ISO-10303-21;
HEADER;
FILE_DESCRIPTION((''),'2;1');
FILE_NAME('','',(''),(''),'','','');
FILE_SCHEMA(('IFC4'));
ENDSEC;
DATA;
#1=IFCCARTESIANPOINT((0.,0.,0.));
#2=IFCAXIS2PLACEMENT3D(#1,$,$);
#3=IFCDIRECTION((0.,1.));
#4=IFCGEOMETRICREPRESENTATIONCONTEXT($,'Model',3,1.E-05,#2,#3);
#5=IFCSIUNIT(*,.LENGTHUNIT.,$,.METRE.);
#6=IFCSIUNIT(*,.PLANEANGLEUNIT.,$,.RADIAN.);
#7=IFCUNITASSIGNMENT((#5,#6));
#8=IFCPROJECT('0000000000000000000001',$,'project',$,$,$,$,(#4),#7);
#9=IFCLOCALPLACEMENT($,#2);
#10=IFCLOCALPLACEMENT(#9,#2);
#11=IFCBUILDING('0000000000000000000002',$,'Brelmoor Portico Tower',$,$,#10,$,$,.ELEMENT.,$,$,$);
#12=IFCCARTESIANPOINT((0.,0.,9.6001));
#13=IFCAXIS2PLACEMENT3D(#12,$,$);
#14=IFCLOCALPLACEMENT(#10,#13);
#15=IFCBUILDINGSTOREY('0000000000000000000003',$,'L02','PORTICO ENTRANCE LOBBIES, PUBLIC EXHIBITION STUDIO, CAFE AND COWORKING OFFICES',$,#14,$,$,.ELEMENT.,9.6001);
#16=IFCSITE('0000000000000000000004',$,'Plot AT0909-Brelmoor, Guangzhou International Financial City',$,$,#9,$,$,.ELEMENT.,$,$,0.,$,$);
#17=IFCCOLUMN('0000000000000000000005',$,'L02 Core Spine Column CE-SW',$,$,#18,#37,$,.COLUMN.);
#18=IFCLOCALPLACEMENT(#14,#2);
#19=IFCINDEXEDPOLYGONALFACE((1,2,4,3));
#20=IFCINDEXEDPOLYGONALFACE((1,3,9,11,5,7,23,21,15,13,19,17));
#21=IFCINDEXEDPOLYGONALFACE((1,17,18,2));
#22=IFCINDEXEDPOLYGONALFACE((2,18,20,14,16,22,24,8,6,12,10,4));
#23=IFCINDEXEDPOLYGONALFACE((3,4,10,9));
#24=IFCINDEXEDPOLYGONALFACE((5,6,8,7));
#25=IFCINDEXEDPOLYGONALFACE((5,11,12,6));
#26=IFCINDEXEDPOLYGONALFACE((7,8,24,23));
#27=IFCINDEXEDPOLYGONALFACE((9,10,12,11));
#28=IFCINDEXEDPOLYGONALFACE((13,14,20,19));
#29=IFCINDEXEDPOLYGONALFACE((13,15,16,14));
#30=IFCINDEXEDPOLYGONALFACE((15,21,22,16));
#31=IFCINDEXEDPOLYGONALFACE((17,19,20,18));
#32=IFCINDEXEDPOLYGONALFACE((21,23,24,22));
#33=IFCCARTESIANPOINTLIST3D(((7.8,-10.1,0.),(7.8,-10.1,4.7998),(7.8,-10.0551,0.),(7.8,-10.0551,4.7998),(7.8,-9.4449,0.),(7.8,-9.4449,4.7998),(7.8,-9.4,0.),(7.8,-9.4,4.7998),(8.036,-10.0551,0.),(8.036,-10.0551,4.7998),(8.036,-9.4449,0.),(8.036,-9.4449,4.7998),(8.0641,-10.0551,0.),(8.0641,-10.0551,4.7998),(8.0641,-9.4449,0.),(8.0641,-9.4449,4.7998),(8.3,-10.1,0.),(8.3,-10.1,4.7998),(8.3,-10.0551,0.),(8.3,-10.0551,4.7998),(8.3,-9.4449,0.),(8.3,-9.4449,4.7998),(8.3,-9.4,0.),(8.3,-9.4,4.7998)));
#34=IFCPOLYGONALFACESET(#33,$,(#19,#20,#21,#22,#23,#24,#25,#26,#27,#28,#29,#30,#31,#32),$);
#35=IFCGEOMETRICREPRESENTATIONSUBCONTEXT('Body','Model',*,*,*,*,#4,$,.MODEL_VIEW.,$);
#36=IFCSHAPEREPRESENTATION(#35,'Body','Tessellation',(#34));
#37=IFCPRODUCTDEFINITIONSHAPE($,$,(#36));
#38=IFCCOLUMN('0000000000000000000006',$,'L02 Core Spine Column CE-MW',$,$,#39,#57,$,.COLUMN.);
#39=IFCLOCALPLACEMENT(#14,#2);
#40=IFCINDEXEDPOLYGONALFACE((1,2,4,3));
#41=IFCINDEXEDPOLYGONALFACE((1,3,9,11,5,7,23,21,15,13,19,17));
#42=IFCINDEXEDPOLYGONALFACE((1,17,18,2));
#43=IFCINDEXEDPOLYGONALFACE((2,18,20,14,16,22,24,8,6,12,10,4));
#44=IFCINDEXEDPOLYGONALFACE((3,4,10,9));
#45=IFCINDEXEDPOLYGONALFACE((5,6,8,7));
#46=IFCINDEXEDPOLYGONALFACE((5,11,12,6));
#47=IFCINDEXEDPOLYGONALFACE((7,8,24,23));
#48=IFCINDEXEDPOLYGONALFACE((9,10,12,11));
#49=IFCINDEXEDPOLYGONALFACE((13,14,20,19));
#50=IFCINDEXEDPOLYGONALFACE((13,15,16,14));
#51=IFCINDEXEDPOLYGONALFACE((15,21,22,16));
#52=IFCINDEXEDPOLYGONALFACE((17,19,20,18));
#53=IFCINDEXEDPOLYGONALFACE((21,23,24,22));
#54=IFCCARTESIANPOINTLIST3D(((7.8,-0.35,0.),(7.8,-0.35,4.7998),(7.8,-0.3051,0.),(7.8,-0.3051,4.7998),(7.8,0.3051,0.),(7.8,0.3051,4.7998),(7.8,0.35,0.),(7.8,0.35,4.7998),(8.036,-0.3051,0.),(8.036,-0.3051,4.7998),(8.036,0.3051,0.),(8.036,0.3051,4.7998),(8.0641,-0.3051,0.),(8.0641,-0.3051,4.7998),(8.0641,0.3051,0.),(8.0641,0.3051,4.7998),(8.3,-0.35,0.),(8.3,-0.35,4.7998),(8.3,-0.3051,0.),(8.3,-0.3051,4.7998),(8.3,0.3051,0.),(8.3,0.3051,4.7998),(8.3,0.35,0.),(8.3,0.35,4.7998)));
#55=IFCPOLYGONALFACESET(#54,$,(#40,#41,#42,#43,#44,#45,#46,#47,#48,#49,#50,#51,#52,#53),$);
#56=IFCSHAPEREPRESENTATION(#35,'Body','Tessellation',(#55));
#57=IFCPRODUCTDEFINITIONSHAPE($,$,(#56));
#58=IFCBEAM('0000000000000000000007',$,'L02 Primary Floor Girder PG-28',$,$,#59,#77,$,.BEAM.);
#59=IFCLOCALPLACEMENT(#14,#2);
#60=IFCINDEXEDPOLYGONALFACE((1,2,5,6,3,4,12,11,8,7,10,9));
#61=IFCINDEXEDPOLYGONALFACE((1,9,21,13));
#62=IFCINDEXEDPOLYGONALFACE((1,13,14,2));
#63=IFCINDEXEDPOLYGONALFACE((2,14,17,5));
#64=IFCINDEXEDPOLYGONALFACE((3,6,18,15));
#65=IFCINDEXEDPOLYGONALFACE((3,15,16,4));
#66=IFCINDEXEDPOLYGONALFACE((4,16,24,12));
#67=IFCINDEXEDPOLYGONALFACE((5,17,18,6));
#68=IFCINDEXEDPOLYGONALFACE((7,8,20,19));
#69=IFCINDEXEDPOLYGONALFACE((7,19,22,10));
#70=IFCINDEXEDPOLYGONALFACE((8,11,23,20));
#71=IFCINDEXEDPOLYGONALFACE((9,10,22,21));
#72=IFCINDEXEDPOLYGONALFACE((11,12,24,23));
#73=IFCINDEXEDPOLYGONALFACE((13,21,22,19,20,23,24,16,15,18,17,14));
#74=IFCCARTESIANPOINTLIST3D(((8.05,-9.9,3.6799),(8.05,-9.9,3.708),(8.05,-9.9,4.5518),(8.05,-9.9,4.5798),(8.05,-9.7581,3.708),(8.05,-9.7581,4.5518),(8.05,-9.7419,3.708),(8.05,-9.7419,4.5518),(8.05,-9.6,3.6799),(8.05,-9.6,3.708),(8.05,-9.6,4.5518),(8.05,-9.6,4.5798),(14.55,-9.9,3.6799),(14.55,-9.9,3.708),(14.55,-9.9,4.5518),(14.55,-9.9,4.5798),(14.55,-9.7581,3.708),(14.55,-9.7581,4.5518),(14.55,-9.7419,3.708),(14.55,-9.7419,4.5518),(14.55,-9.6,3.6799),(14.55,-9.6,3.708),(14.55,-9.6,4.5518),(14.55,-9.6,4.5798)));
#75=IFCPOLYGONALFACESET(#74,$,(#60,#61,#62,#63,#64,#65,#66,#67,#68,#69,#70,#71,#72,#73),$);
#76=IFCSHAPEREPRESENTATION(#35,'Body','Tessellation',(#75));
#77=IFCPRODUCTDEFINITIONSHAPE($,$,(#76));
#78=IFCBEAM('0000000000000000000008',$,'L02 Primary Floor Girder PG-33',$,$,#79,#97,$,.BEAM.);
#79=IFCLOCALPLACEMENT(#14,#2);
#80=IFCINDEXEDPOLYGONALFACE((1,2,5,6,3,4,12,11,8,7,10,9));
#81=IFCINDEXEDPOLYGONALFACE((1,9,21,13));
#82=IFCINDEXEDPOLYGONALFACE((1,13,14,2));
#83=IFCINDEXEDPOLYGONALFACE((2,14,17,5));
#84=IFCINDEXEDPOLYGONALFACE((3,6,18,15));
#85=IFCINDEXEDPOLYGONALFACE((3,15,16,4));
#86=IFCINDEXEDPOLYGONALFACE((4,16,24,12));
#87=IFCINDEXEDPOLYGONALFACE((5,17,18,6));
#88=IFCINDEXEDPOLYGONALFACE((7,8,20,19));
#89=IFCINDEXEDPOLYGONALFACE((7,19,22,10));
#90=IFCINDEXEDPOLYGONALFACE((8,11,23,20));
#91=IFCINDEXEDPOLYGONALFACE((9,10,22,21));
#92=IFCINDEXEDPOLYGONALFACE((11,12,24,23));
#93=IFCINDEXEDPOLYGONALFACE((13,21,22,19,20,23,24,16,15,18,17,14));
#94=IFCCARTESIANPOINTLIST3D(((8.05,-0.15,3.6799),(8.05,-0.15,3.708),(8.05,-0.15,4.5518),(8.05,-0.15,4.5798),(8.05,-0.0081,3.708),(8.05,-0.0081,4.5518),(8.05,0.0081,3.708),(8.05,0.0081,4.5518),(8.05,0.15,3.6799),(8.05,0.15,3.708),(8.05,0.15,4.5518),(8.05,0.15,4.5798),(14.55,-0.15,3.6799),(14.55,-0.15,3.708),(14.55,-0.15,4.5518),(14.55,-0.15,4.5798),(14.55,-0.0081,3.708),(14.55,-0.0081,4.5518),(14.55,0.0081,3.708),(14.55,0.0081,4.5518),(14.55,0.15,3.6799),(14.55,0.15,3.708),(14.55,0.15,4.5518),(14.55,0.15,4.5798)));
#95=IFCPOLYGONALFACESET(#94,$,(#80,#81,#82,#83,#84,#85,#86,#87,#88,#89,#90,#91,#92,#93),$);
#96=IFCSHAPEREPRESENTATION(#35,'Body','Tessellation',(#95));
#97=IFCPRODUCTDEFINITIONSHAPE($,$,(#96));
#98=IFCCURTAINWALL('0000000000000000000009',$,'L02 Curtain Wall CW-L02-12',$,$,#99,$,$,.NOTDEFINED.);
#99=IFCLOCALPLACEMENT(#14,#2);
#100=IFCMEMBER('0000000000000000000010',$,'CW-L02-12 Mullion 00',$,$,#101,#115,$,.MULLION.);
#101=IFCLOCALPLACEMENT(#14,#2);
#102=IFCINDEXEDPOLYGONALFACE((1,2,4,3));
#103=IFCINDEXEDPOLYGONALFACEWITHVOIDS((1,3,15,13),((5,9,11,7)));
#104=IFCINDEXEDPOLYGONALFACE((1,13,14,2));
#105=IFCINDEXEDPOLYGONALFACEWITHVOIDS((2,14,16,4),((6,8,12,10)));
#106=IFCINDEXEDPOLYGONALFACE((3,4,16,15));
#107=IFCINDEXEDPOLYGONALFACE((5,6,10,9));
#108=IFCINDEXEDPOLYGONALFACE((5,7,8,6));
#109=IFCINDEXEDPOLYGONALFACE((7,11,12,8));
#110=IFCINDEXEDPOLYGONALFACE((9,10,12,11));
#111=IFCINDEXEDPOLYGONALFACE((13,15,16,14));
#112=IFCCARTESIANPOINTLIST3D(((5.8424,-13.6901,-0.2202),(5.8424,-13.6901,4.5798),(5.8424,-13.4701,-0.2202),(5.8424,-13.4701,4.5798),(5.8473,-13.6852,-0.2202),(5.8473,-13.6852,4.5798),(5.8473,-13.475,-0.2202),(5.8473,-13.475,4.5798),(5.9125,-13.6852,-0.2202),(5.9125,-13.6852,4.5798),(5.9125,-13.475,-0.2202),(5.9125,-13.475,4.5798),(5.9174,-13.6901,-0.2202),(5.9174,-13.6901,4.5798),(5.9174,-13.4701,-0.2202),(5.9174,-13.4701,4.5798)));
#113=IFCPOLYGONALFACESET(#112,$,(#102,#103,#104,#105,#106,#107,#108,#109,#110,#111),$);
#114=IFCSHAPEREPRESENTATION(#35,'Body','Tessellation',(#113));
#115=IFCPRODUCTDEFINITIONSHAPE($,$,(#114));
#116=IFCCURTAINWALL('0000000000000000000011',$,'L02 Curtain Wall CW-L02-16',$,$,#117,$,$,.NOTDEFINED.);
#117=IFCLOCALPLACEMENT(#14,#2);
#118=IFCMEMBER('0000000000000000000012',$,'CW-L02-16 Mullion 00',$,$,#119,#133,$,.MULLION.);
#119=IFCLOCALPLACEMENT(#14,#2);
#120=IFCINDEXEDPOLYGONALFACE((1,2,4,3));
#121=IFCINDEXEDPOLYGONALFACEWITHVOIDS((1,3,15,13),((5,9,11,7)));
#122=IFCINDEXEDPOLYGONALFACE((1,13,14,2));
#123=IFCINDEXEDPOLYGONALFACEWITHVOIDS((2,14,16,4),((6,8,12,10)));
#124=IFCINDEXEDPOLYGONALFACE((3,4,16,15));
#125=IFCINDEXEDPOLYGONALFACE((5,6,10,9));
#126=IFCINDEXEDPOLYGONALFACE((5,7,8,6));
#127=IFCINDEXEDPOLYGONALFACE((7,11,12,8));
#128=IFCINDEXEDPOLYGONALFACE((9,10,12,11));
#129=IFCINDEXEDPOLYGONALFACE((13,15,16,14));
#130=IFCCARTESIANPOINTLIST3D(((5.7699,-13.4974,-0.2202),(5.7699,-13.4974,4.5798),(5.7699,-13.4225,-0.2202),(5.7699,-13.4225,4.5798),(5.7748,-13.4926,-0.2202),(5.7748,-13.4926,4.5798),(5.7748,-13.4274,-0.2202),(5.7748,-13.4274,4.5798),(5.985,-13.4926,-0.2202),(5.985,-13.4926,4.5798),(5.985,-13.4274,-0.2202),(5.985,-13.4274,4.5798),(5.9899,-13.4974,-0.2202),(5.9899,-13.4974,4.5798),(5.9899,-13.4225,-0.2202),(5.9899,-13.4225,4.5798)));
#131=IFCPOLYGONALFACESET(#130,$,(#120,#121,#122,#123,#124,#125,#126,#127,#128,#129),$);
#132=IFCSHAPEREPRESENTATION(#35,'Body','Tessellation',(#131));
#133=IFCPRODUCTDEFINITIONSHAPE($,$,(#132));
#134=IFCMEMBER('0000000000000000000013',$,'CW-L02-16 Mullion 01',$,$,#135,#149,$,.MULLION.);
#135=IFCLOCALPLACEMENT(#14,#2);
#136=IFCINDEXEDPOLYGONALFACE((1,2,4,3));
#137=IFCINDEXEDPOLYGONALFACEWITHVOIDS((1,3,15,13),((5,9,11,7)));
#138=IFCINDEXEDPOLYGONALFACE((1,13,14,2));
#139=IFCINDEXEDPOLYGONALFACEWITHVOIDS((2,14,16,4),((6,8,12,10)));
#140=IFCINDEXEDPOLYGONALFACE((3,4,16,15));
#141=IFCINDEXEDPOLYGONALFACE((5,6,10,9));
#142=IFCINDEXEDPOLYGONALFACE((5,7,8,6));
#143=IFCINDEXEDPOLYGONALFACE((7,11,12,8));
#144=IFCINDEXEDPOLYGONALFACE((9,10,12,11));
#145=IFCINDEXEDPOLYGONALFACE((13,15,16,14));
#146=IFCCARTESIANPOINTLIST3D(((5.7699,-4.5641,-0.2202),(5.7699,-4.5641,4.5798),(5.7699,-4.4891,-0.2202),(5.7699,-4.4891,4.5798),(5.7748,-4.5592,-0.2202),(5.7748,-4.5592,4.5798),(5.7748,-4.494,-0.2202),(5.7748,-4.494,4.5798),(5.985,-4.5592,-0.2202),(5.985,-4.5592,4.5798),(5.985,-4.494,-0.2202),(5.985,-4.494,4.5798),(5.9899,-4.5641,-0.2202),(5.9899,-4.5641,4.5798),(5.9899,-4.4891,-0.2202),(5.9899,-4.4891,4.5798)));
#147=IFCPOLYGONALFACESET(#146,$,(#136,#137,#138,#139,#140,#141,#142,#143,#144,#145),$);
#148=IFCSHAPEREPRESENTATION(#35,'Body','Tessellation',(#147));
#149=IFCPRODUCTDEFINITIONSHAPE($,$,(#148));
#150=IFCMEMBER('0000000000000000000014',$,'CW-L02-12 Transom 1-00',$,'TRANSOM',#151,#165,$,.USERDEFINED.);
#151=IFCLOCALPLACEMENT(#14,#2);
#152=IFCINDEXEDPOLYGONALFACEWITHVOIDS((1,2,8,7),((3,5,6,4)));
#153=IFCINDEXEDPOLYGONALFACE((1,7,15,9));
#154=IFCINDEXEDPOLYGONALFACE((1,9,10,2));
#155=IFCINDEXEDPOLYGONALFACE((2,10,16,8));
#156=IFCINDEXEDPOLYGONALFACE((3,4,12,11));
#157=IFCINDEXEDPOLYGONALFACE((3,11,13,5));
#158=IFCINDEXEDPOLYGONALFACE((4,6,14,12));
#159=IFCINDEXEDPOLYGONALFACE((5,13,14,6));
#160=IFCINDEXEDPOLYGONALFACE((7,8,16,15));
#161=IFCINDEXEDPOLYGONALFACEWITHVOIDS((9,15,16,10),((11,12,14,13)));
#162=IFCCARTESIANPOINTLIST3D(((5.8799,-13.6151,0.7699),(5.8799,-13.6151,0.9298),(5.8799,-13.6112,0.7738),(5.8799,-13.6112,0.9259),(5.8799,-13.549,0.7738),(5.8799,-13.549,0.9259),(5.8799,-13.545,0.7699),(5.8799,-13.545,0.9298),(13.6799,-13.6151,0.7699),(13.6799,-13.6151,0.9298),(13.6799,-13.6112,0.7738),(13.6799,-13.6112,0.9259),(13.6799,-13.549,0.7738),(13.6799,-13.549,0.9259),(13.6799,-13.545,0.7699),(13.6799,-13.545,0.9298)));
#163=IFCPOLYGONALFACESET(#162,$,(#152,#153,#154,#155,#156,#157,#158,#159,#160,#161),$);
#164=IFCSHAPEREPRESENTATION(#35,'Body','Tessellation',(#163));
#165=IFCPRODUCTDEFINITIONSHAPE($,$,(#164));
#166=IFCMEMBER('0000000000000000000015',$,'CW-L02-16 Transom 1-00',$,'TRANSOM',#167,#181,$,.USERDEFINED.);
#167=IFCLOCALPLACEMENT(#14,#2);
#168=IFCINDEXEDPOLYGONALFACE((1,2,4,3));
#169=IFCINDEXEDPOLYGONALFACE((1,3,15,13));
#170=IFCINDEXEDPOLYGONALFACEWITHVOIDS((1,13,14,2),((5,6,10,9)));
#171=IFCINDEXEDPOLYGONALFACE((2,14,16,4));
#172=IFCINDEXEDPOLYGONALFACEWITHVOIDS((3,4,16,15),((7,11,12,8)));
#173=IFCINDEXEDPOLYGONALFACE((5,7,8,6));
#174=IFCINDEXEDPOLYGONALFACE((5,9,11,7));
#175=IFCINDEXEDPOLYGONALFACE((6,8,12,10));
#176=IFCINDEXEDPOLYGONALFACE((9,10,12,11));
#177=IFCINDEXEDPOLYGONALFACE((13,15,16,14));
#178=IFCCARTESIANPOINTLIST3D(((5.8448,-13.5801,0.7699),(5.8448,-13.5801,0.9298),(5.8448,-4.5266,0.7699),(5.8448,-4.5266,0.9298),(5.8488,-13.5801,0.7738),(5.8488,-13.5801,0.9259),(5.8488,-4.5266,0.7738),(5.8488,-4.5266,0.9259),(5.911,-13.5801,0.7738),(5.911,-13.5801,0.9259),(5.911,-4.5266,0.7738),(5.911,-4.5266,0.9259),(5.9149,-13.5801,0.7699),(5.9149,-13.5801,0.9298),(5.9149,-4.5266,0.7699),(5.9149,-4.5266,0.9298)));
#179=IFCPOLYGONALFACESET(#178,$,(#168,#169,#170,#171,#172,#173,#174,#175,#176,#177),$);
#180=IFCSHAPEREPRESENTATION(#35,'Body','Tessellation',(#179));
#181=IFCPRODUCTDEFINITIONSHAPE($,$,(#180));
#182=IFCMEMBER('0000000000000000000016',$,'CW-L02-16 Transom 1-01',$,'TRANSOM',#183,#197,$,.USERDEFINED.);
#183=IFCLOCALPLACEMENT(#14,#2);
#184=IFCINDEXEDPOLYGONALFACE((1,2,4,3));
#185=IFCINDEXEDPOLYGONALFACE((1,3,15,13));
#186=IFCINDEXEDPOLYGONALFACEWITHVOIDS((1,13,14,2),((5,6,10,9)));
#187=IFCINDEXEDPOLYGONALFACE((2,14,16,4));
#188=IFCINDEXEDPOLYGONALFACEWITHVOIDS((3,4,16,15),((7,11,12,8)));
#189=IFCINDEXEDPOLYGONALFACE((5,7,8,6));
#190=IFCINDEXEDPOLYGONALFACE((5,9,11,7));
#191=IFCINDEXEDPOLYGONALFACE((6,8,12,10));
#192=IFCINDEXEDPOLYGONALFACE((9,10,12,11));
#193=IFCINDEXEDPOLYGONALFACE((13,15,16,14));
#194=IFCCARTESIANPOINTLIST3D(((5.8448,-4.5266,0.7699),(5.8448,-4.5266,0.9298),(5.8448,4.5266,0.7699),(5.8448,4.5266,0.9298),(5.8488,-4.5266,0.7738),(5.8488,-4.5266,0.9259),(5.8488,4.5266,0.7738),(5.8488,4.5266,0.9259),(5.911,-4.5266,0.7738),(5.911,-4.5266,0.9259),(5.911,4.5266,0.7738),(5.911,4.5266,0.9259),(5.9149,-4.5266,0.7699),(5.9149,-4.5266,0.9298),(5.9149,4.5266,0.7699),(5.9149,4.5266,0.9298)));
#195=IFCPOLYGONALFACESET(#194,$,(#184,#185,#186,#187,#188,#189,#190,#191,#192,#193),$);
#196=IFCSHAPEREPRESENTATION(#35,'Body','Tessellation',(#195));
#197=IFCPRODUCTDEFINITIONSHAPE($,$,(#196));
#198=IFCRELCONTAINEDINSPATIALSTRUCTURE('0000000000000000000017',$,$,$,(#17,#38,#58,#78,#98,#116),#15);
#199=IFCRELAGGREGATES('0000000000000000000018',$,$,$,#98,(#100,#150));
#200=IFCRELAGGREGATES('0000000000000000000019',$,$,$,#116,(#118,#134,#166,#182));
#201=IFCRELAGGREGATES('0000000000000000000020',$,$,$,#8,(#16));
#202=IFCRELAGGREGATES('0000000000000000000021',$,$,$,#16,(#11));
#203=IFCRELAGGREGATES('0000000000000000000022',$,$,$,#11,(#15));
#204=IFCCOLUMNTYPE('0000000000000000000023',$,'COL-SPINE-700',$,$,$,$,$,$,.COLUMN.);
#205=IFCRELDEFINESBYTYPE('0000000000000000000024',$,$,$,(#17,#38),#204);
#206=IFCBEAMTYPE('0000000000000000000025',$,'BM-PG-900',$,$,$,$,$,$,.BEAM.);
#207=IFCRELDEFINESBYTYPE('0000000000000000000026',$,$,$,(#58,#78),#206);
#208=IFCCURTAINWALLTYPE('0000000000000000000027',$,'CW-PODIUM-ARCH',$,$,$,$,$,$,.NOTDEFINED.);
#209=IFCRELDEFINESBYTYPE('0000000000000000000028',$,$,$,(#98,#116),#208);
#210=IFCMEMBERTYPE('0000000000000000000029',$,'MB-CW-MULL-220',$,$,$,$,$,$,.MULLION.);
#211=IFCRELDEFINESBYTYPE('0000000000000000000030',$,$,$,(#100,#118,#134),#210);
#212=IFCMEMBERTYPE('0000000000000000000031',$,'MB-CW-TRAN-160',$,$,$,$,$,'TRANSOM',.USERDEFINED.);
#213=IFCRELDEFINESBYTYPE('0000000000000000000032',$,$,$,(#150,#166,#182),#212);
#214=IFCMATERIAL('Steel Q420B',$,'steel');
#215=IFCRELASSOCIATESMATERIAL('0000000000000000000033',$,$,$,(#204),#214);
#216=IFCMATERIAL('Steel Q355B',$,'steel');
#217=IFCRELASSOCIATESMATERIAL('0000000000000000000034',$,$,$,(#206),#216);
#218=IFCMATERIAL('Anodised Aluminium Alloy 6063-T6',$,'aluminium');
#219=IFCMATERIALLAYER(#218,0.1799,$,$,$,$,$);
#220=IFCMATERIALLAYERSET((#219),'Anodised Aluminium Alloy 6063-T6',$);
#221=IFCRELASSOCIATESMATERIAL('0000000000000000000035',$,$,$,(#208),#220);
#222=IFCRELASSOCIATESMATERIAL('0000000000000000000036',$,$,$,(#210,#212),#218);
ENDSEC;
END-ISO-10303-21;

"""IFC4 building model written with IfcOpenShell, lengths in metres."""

from ifc_helpers import new_model, si_unit, direction, frame, origin, origin_2d, place, context, subcontext, project, spatial, hollow_rectangle, i_section, extrude, material, layer, layer_set, material_profile, profile_set, type_object, element, aggregate, save


model = new_model("IFC4")

# Units and contexts
model_context = context("Model", 3, precision=1e-05, world=origin(), true_north=direction((0.0, 1.0)))
body_context = subcontext(model_context, "Body", "Model", "MODEL_VIEW")
ifc_project = project(units=[si_unit("LENGTHUNIT", "METRE"), si_unit("PLANEANGLEUNIT", "RADIAN")], contexts=[model_context])

# Site, building, storey
site_placement = place(None, origin())
site = spatial("IfcSite", under=ifc_project, at=site_placement, Name="Plot AT0909-Brelmoor, Guangzhou International Financial City", CompositionType="ELEMENT", RefElevation=0.0)
building_placement = place(site_placement, origin())
building = spatial("IfcBuilding", under=site, at=building_placement, Name="Brelmoor Portico Tower", CompositionType="ELEMENT")
storey_placement = place(building_placement, frame((0.0, 0.0, 9.6001)))
storey = spatial("IfcBuildingStorey", under=building, at=storey_placement, Name="L02", Description="PORTICO ENTRANCE LOBBIES, PUBLIC EXHIBITION STUDIO, CAFE AND COWORKING OFFICES", CompositionType="ELEMENT", Elevation=9.6001)

# Columns
ifc_material_1 = material(Name="Steel Q420B", Category="steel")
ifc_material_profile_1 = material_profile(ifc_material_1, i_section(OverallWidth=0.5, OverallDepth=0.7, WebThickness=0.0281, FlangeThickness=0.0449, at=origin_2d()), Name="HW 700x500x28x45")
ifc_profile_set_1 = profile_set([ifc_material_profile_1], Name="Steel Q420B")
column_type = type_object("IfcColumnType", Name="COL-SPINE-700", PredefinedType="COLUMN", material=ifc_profile_set_1)
for number, where, z_axis, x_axis, name in (
    (1, (8.05, -9.75, 0.0), (0.0, 0.0, 1.0), (1.0, 0.0, 0.0), "L02 Core Spine Column CE-SW"),
    (2, (8.05, 0.0, 0.0), (0.0, 0.0, 1.0), (1.0, 0.0, 0.0), "L02 Core Spine Column CE-MW"),
):
    element("IfcColumn", number, at=place(storey_placement, frame(where, z_axis=z_axis, x_axis=x_axis)), inside=storey, type_object=column_type, Name=name, PredefinedType="COLUMN", context=body_context, shape_type="SweptSolid", body=[
        extrude(i_section(OverallWidth=0.5, OverallDepth=0.7, WebThickness=0.0281, FlangeThickness=0.0449, at=origin_2d()), origin(), (0.0, 0.0, 1.0), 4.7998),
    ])

# Beams
ifc_material_2 = material(Name="Steel Q355B", Category="steel")
ifc_material_profile_2 = material_profile(ifc_material_2, i_section(OverallWidth=0.3, OverallDepth=0.8999, WebThickness=0.0161, FlangeThickness=0.0281, at=origin_2d()), Name="HN 900x300x16x28")
ifc_profile_set_2 = profile_set([ifc_material_profile_2], Name="Steel Q355B")
beam_type = type_object("IfcBeamType", Name="BM-PG-900", PredefinedType="BEAM", material=ifc_profile_set_2)
for number, where, z_axis, x_axis, name in (
    (3, (8.05, -9.75, 4.1299), (1.0, 0.0, 0.0), (0.0, 1.0, 0.0), "L02 Primary Floor Girder PG-28"),
    (4, (8.05, 0.0, 4.1299), (1.0, 0.0, 0.0), (0.0, 1.0, 0.0), "L02 Primary Floor Girder PG-33"),
):
    element("IfcBeam", number, at=place(storey_placement, frame(where, z_axis=z_axis, x_axis=x_axis)), inside=storey, type_object=beam_type, Name=name, PredefinedType="BEAM", context=body_context, shape_type="SweptSolid", body=[
        extrude(i_section(OverallWidth=0.3, OverallDepth=0.8999, WebThickness=0.0161, FlangeThickness=0.0281, at=origin_2d()), origin(), (0.0, 0.0, 1.0), 6.5),
    ])

# Curtain wall, member
ifc_material_3 = material(Name="Anodised Aluminium Alloy 6063-T6", Category="aluminium")
ifc_layer_1 = layer(ifc_material_3, 0.1799)
ifc_layer_set_1 = layer_set([ifc_layer_1], Name="Anodised Aluminium Alloy 6063-T6")
curtain_wall_type = type_object("IfcCurtainWallType", Name="CW-PODIUM-ARCH", PredefinedType="NOTDEFINED", material=ifc_layer_set_1)
curtain_wall_1_placement = place(storey_placement, origin())
curtain_wall_1 = element("IfcCurtainWall", 5, at=curtain_wall_1_placement, inside=storey, type_object=curtain_wall_type, Name="L02 Curtain Wall CW-L02-12", PredefinedType="NOTDEFINED")
ifc_material_profile_3 = material_profile(ifc_material_3, hollow_rectangle(XDim=0.075, YDim=0.22, WallThickness=0.0049, at=origin_2d()), Name="ALU MULLION 75x220")
ifc_profile_set_3 = profile_set([ifc_material_profile_3], Name="Anodised Aluminium Alloy 6063-T6")
member_type_1 = type_object("IfcMemberType", Name="MB-CW-MULL-220", PredefinedType="MULLION", material=ifc_profile_set_3)
member_1_placement = place(storey_placement, frame((5.8799, -13.5801, -0.2202), z_axis=(0.0, 0.0, 1.0), x_axis=(1.0, 0.0, 0.0)))
member_1 = element("IfcMember", 6, at=member_1_placement, type_object=member_type_1, Name="CW-L02-12 Mullion 00", PredefinedType="MULLION", context=body_context, shape_type="SweptSolid", body=[
    extrude(hollow_rectangle(XDim=0.075, YDim=0.22, WallThickness=0.0049, at=origin_2d()), origin(), (0.0, 0.0, 1.0), 4.8),
])

# Curtain wall, members
curtain_wall_2_placement = place(storey_placement, origin())
curtain_wall_2 = element("IfcCurtainWall", 7, at=curtain_wall_2_placement, inside=storey, type_object=curtain_wall_type, Name="L02 Curtain Wall CW-L02-16", PredefinedType="NOTDEFINED")
member_2_placement = place(storey_placement, frame((5.8799, -13.46, -0.2202), z_axis=(0.0, 0.0, 1.0), x_axis=(0.0, 1.0, 0.0)))
member_2 = element("IfcMember", 8, at=member_2_placement, type_object=member_type_1, Name="CW-L02-16 Mullion 00", PredefinedType="MULLION", context=body_context, shape_type="SweptSolid", body=[
    extrude(hollow_rectangle(XDim=0.075, YDim=0.22, WallThickness=0.0049, at=origin_2d()), origin(), (0.0, 0.0, 1.0), 4.8),
])
member_3_placement = place(storey_placement, frame((5.8799, -4.5266, -0.2202), z_axis=(0.0, 0.0, 1.0), x_axis=(0.0, 1.0, 0.0)))
member_3 = element("IfcMember", 9, at=member_3_placement, type_object=member_type_1, Name="CW-L02-16 Mullion 01", PredefinedType="MULLION", context=body_context, shape_type="SweptSolid", body=[
    extrude(hollow_rectangle(XDim=0.075, YDim=0.22, WallThickness=0.0049, at=origin_2d()), origin(), (0.0, 0.0, 1.0), 4.8),
])

# Members
ifc_material_profile_4 = material_profile(ifc_material_3, hollow_rectangle(XDim=0.0701, YDim=0.1599, WallThickness=0.0039, at=origin_2d()), Name="ALU TRANSOM 70x160")
ifc_profile_set_4 = profile_set([ifc_material_profile_4], Name="Anodised Aluminium Alloy 6063-T6")
member_type_2 = type_object("IfcMemberType", Name="MB-CW-TRAN-160", ElementType="TRANSOM", PredefinedType="USERDEFINED", material=ifc_profile_set_4)
member_4_placement = place(storey_placement, frame((5.8799, -13.5801, 0.8499), z_axis=(1.0, 0.0, 0.0), x_axis=(0.0, 1.0, 0.0)))
member_4 = element("IfcMember", 10, at=member_4_placement, type_object=member_type_2, Name="CW-L02-12 Transom 1-00", ObjectType="TRANSOM", PredefinedType="USERDEFINED", context=body_context, shape_type="SweptSolid", body=[
    extrude(hollow_rectangle(XDim=0.0701, YDim=0.1599, WallThickness=0.0039, at=origin_2d()), origin(), (0.0, 0.0, 1.0), 7.8),
])
member_5_placement = place(storey_placement, frame((5.8799, -13.5801, 0.8499), z_axis=(0.0, 1.0, 0.0), x_axis=(-1.0, 0.0, 0.0)))
member_5 = element("IfcMember", 11, at=member_5_placement, type_object=member_type_2, Name="CW-L02-16 Transom 1-00", ObjectType="TRANSOM", PredefinedType="USERDEFINED", context=body_context, shape_type="SweptSolid", body=[
    extrude(hollow_rectangle(XDim=0.0701, YDim=0.1599, WallThickness=0.0039, at=origin_2d()), origin(), (0.0, 0.0, 1.0), 9.0535),
])
member_6_placement = place(storey_placement, frame((5.8799, -4.5266, 0.8499), z_axis=(0.0, 1.0, 0.0), x_axis=(-1.0, 0.0, 0.0)))
member_6 = element("IfcMember", 12, at=member_6_placement, type_object=member_type_2, Name="CW-L02-16 Transom 1-01", ObjectType="TRANSOM", PredefinedType="USERDEFINED", context=body_context, shape_type="SweptSolid", body=[
    extrude(hollow_rectangle(XDim=0.0701, YDim=0.1599, WallThickness=0.0039, at=origin_2d()), origin(), (0.0, 0.0, 1.0), 9.0532),
])

aggregate(curtain_wall_1, [member_1, member_4])
aggregate(curtain_wall_2, [member_2, member_3, member_5, member_6])

save(model, "model.ifc")
